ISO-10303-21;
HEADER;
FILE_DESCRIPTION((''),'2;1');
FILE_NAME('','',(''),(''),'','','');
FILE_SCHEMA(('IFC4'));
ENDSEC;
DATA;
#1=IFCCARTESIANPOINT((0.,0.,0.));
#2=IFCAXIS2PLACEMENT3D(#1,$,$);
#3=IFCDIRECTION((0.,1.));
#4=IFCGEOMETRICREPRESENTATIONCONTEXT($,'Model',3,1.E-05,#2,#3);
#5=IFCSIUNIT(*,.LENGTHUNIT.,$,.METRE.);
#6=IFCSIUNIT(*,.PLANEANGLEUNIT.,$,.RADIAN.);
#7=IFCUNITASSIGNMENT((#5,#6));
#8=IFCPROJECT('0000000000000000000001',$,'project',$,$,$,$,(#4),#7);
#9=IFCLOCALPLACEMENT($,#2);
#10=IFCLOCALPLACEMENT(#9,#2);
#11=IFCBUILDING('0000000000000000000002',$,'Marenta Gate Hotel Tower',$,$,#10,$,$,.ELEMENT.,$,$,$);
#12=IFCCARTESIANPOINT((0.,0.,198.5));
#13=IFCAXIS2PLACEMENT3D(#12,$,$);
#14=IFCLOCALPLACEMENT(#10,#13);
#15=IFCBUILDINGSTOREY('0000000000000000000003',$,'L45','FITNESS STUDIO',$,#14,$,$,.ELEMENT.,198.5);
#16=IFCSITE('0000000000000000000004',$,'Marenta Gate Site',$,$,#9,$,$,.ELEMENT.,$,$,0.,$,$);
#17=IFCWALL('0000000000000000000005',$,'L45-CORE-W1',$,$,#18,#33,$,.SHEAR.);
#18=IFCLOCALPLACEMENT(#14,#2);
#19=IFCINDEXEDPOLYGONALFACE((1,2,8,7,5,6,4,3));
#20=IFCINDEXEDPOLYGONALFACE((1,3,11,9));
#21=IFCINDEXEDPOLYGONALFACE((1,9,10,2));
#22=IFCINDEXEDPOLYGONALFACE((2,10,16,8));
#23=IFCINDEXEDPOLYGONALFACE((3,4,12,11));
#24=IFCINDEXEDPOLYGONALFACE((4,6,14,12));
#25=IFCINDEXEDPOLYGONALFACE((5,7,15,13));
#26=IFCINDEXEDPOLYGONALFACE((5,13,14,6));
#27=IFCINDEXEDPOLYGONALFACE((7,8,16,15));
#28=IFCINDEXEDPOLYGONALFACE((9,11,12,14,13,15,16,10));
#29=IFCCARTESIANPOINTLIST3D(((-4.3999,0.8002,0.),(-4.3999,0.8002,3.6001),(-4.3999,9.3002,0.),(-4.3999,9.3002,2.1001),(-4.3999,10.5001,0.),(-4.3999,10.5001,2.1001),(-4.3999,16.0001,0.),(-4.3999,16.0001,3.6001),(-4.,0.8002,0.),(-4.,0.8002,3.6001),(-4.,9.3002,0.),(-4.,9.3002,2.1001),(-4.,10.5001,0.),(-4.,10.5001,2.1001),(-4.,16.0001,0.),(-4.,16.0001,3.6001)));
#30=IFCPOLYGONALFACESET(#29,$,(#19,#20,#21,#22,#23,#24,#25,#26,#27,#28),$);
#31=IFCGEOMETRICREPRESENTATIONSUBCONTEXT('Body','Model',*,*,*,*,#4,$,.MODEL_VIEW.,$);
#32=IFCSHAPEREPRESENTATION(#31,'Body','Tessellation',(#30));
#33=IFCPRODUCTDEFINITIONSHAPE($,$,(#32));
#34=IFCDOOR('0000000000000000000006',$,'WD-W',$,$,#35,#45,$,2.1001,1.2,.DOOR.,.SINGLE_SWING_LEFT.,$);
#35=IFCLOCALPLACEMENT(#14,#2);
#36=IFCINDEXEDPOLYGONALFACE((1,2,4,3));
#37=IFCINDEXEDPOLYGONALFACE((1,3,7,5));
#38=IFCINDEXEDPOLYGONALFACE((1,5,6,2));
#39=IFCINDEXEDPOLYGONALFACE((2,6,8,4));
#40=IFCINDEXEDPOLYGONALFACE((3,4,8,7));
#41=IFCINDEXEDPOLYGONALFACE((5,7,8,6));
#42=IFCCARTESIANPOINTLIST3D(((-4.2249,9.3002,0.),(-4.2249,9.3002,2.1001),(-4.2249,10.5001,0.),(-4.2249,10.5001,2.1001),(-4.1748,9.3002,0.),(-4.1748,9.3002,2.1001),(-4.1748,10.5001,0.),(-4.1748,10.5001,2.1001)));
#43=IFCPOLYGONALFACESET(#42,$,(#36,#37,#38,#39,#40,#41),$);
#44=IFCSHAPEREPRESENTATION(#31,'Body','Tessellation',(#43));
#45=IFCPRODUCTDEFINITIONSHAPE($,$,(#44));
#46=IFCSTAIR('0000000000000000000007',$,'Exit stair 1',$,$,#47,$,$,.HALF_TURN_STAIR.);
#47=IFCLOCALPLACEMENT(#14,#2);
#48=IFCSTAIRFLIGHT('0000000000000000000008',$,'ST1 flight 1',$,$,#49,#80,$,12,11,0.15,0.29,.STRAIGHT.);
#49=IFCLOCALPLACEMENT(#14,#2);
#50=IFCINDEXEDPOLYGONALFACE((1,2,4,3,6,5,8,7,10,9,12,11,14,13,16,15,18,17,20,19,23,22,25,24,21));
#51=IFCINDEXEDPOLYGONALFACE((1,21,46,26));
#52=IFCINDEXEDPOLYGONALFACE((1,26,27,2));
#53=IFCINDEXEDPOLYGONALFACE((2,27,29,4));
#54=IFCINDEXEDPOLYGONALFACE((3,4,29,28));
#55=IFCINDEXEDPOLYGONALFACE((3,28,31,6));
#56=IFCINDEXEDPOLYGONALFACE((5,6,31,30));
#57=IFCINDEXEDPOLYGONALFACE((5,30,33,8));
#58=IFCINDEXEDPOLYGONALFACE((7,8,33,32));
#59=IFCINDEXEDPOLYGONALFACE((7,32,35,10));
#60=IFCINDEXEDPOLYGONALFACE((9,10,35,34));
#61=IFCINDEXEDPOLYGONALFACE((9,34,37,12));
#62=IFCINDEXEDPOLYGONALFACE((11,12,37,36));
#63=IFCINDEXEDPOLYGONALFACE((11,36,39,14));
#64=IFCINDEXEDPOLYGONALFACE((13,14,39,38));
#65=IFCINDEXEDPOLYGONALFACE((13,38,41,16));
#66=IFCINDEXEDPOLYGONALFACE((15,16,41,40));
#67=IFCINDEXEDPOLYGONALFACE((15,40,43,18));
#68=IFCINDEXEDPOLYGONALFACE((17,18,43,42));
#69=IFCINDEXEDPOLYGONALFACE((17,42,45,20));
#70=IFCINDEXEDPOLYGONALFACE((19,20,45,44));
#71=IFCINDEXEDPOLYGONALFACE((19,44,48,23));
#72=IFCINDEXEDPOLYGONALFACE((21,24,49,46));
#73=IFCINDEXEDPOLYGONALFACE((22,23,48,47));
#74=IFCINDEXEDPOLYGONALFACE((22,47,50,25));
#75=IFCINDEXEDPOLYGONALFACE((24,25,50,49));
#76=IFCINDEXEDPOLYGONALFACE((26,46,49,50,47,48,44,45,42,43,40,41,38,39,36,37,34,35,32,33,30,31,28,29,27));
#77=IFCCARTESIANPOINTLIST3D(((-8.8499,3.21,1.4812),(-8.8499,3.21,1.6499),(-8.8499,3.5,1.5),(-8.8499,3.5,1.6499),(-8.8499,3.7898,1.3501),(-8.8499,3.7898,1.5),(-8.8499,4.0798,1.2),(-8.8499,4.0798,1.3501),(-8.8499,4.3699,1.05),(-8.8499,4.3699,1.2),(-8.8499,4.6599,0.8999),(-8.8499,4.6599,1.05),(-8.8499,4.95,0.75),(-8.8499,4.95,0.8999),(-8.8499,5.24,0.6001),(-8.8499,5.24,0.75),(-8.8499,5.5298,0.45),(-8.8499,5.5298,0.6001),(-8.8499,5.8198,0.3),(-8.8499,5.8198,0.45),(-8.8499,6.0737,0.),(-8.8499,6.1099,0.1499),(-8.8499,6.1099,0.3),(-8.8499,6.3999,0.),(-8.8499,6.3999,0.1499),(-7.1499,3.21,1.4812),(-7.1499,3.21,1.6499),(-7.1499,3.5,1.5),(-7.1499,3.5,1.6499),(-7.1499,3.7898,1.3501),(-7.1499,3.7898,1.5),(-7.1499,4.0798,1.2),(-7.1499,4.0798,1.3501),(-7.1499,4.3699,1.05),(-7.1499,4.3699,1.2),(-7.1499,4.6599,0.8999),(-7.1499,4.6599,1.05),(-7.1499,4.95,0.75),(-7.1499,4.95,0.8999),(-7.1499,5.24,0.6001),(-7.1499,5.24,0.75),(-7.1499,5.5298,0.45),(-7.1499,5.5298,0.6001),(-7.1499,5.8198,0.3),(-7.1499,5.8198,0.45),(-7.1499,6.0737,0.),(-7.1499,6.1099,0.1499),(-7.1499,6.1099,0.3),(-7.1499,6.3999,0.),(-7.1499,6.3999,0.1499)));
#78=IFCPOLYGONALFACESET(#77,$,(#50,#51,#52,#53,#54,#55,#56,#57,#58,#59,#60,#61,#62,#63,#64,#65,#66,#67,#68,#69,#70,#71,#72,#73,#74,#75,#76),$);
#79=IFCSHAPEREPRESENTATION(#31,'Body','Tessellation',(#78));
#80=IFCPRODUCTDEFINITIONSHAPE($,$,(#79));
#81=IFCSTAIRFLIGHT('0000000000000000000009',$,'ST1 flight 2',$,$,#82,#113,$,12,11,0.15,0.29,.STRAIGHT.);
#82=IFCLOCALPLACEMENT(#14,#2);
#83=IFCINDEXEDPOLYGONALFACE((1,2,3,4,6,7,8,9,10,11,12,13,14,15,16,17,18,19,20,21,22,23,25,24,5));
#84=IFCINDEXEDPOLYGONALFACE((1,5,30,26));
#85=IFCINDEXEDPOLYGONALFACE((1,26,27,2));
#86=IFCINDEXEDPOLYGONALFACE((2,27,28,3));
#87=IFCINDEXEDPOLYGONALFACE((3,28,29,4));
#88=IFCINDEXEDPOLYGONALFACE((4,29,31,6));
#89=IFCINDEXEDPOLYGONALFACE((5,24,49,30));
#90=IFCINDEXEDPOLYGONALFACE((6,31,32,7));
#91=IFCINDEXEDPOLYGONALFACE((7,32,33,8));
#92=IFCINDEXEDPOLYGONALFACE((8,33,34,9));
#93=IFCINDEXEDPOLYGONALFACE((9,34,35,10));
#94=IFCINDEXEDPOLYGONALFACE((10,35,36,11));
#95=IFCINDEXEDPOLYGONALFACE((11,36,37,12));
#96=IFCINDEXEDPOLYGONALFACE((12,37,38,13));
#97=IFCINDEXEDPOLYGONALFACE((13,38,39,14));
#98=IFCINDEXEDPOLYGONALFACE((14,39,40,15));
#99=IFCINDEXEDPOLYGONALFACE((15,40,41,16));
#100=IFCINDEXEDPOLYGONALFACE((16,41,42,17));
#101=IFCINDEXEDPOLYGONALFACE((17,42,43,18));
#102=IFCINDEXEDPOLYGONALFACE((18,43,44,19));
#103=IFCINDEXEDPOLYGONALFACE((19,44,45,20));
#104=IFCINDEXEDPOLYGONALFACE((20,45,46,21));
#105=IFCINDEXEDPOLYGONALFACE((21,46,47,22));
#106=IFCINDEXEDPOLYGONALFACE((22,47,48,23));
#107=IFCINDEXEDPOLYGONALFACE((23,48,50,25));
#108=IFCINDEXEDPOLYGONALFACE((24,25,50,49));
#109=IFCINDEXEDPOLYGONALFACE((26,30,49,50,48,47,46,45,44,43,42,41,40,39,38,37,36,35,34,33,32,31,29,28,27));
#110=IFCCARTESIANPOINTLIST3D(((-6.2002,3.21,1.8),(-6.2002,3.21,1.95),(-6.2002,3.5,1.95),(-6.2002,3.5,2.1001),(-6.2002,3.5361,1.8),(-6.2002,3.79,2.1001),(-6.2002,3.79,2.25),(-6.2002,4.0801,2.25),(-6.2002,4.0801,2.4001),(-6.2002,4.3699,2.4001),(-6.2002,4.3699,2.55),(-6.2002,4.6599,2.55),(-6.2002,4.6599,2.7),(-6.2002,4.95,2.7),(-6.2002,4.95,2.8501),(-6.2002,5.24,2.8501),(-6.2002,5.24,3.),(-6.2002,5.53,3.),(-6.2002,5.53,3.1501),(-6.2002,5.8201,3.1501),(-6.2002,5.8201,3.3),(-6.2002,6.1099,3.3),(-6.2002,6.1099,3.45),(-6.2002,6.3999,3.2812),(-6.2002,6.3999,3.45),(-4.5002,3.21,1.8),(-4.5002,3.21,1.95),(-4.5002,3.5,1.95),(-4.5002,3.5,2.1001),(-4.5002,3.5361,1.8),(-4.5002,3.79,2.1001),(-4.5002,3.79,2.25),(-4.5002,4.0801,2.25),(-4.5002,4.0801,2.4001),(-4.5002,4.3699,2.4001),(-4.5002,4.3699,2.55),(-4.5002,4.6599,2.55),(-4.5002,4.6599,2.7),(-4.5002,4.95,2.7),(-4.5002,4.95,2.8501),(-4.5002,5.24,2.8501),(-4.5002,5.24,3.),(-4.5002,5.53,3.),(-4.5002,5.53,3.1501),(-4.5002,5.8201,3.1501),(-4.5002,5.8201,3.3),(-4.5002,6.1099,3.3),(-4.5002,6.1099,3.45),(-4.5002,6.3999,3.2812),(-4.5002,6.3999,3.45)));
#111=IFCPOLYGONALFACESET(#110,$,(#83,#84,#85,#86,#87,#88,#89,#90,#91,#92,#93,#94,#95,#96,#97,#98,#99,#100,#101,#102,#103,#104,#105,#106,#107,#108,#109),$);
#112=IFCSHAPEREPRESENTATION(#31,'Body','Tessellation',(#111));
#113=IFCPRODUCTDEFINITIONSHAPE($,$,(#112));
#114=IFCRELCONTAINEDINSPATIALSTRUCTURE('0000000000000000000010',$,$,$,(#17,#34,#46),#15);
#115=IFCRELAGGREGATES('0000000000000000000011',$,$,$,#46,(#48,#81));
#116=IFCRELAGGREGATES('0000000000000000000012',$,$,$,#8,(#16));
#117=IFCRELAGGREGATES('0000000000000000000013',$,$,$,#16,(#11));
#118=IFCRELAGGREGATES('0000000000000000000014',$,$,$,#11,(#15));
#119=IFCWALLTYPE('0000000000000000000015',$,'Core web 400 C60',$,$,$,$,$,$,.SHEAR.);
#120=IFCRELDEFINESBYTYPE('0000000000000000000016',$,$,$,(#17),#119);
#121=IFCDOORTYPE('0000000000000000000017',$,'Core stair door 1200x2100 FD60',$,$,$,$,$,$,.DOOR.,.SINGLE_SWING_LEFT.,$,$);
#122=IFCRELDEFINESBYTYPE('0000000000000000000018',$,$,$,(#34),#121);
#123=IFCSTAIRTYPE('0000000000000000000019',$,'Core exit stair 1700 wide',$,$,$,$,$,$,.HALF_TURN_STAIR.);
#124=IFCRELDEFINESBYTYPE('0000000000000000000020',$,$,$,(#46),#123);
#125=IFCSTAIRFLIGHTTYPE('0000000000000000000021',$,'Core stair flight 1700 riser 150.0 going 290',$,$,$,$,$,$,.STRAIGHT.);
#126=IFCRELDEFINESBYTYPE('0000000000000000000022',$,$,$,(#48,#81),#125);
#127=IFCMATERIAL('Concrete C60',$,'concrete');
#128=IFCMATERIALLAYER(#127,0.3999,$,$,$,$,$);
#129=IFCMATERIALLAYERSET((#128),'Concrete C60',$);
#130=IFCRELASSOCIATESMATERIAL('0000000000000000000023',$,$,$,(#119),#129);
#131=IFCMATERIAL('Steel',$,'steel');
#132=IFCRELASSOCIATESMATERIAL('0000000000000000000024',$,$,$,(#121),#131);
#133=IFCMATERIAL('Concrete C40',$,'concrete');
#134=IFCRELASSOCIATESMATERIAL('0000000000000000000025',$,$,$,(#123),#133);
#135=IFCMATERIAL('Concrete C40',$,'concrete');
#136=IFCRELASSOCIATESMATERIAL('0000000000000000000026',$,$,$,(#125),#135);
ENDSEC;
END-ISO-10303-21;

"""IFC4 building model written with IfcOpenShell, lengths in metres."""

from ifc_helpers import new_model, si_unit, direction, frame, frame_2d, origin, place, context, subcontext, project, spatial, polyline, rectangle, outline, extrude, material, layer, layer_set, type_object, element, fill, aggregate, save


model = new_model("IFC4")

# Units and contexts
model_context = context("Model", 3, precision=1e-05, world=origin(), true_north=direction((0.0, 1.0)))
body_context = subcontext(model_context, "Body", "Model", "MODEL_VIEW")
ifc_project = project(units=[si_unit("LENGTHUNIT", "METRE"), si_unit("PLANEANGLEUNIT", "RADIAN")], contexts=[model_context])

# Site, building, storey
site_placement = place(None, origin())
site = spatial("IfcSite", under=ifc_project, at=site_placement, Name="Marenta Gate Site", CompositionType="ELEMENT", RefElevation=0.0)
building_placement = place(site_placement, origin())
building = spatial("IfcBuilding", under=site, at=building_placement, Name="Marenta Gate Hotel Tower", CompositionType="ELEMENT")
storey_placement = place(building_placement, frame((0.0, 0.0, 198.5)))
storey = spatial("IfcBuildingStorey", under=building, at=storey_placement, Name="L45", Description="FITNESS STUDIO", CompositionType="ELEMENT", Elevation=198.5)

# Wall, opening, door
ifc_material_1 = material(Name="Concrete C60", Category="concrete")
ifc_layer_1 = layer(ifc_material_1, 0.3999)
ifc_layer_set_1 = layer_set([ifc_layer_1], Name="Concrete C60")
wall_type_1 = type_object("IfcWallType", Name="Core web 400 C60", PredefinedType="SHEAR", material=ifc_layer_set_1)
wall_1_placement = place(storey_placement, frame((-4.2, 0.8, 0.0), z_axis=(0.0, 0.0, 1.0), x_axis=(0.0, 1.0, 0.0)))
wall_1 = element("IfcWall", 1, at=wall_1_placement, inside=storey, type_object=wall_type_1, Name="L45-CORE-W1", PredefinedType="SHEAR", context=body_context, shape_type="SweptSolid", body=[
    extrude(rectangle(XDim=15.2, YDim=0.3999, at=frame_2d((7.6001, 0.0))), origin(), (0.0, 0.0, 1.0), 3.6001),
])
opening_1_placement = place(wall_1_placement, frame((8.5, 0.0, 0.0)))
opening_1 = element("IfcOpeningElement", 2, at=opening_1_placement, cuts=wall_1, PredefinedType="OPENING", context=body_context, shape_type="SweptSolid", body=[
    extrude(rectangle(XDim=1.2, YDim=2.1001, at=frame_2d((0.6001, 1.05))), frame((0.0, 0.2, 0.0), z_axis=(0.0, -1.0, 0.0), x_axis=(1.0, 0.0, 0.0)), (0.0, 0.0, 1.0), 0.3999),
])
ifc_material_2 = material(Name="Steel", Category="steel")
door_type_1 = type_object("IfcDoorType", Name="Core stair door 1200x2100 FD60", OperationType="SINGLE_SWING_LEFT", PredefinedType="DOOR", material=ifc_material_2)
door_1_placement = place(opening_1_placement, origin())
door_1 = element("IfcDoor", 3, at=door_1_placement, inside=storey, type_object=door_type_1, Name="WD-W", OperationType="SINGLE_SWING_LEFT", OverallHeight=2.1001, OverallWidth=1.2, PredefinedType="DOOR", context=body_context, shape_type="SweptSolid", body=[
    extrude(rectangle(XDim=1.2, YDim=2.1001, at=frame_2d((0.6001, 1.05))), frame((0.0, 0.0249, 0.0), z_axis=(0.0, -1.0, 0.0), x_axis=(1.0, 0.0, 0.0)), (0.0, 0.0, 1.0), 0.05),
])
fill(opening_1, door_1)

# Stair, stair flights
ifc_material_3 = material(Name="Concrete C40", Category="concrete")
stair_type = type_object("IfcStairType", Name="Core exit stair 1700 wide", PredefinedType="HALF_TURN_STAIR", material=ifc_material_3)
stair_placement = place(storey_placement, origin())
stair = element("IfcStair", 4, at=stair_placement, inside=storey, type_object=stair_type, Name="Exit stair 1", PredefinedType="HALF_TURN_STAIR")
ifc_material_4 = material(Name="Concrete C40", Category="concrete")
stair_flight_type = type_object("IfcStairFlightType", Name="Core stair flight 1700 riser 150.0 going 290", PredefinedType="STRAIGHT", material=ifc_material_4)
stair_flight_1_placement = place(storey_placement, frame((-8.0, 6.3999, 0.0), z_axis=(0.0, 0.0, 1.0), x_axis=(0.0, -1.0, 0.0)))
stair_flight_1 = element("IfcStairFlight", 5, at=stair_flight_1_placement, type_object=stair_flight_type, Name="ST1 flight 1", NumberOfRisers=12, NumberOfTreads=11, PredefinedType="STRAIGHT", RiserHeight=0.15, TreadLength=0.29, context=body_context, shape_type="SweptSolid", body=[
    extrude(outline(polyline([(0.0, 0.0), (0.0, 0.1499), (0.29, 0.1499), (0.29, 0.3), (0.5801, 0.3), (0.5801, 0.45), (0.8701, 0.45), (0.8701, 0.6001), (1.1599, 0.6001), (1.1599, 0.75), (1.45, 0.75), (1.45, 0.8999), (1.74, 0.8999), (1.74, 1.05), (2.03, 1.05), (2.03, 1.2), (2.3201, 1.2), (2.3201, 1.3501), (2.6101, 1.3501), (2.6101, 1.5), (2.8999, 1.5), (2.8999, 1.6499), (3.1899, 1.6499), (3.1899, 1.8), (3.1899, 1.4812), (0.3262, 0.0), (0.0, 0.0)])), frame((0.0, 0.8501, 0.0), z_axis=(0.0, -1.0, 0.0), x_axis=(1.0, 0.0, 0.0)), (0.0, 0.0, 1.0), 1.7),
])
stair_flight_2_placement = place(storey_placement, frame((-5.3501, 3.21, 1.8), z_axis=(0.0, 0.0, 1.0), x_axis=(0.0, 1.0, 0.0)))
stair_flight_2 = element("IfcStairFlight", 6, at=stair_flight_2_placement, type_object=stair_flight_type, Name="ST1 flight 2", NumberOfRisers=12, NumberOfTreads=11, PredefinedType="STRAIGHT", RiserHeight=0.15, TreadLength=0.29, context=body_context, shape_type="SweptSolid", body=[
    extrude(outline(polyline([(0.0, 0.0), (0.0, 0.1499), (0.29, 0.1499), (0.29, 0.3), (0.5801, 0.3), (0.5801, 0.45), (0.8701, 0.45), (0.8701, 0.6001), (1.1599, 0.6001), (1.1599, 0.75), (1.45, 0.75), (1.45, 0.8999), (1.74, 0.8999), (1.74, 1.05), (2.03, 1.05), (2.03, 1.2), (2.3201, 1.2), (2.3201, 1.3501), (2.6101, 1.3501), (2.6101, 1.5), (2.8999, 1.5), (2.8999, 1.6499), (3.1899, 1.6499), (3.1899, 1.8), (3.1899, 1.4812), (0.3262, 0.0), (0.0, 0.0)])), frame((0.0, 0.8501, 0.0), z_axis=(0.0, -1.0, 0.0), x_axis=(1.0, 0.0, 0.0)), (0.0, 0.0, 1.0), 1.7),
])
aggregate(stair, [stair_flight_1, stair_flight_2])

save(model, "model.ifc")
